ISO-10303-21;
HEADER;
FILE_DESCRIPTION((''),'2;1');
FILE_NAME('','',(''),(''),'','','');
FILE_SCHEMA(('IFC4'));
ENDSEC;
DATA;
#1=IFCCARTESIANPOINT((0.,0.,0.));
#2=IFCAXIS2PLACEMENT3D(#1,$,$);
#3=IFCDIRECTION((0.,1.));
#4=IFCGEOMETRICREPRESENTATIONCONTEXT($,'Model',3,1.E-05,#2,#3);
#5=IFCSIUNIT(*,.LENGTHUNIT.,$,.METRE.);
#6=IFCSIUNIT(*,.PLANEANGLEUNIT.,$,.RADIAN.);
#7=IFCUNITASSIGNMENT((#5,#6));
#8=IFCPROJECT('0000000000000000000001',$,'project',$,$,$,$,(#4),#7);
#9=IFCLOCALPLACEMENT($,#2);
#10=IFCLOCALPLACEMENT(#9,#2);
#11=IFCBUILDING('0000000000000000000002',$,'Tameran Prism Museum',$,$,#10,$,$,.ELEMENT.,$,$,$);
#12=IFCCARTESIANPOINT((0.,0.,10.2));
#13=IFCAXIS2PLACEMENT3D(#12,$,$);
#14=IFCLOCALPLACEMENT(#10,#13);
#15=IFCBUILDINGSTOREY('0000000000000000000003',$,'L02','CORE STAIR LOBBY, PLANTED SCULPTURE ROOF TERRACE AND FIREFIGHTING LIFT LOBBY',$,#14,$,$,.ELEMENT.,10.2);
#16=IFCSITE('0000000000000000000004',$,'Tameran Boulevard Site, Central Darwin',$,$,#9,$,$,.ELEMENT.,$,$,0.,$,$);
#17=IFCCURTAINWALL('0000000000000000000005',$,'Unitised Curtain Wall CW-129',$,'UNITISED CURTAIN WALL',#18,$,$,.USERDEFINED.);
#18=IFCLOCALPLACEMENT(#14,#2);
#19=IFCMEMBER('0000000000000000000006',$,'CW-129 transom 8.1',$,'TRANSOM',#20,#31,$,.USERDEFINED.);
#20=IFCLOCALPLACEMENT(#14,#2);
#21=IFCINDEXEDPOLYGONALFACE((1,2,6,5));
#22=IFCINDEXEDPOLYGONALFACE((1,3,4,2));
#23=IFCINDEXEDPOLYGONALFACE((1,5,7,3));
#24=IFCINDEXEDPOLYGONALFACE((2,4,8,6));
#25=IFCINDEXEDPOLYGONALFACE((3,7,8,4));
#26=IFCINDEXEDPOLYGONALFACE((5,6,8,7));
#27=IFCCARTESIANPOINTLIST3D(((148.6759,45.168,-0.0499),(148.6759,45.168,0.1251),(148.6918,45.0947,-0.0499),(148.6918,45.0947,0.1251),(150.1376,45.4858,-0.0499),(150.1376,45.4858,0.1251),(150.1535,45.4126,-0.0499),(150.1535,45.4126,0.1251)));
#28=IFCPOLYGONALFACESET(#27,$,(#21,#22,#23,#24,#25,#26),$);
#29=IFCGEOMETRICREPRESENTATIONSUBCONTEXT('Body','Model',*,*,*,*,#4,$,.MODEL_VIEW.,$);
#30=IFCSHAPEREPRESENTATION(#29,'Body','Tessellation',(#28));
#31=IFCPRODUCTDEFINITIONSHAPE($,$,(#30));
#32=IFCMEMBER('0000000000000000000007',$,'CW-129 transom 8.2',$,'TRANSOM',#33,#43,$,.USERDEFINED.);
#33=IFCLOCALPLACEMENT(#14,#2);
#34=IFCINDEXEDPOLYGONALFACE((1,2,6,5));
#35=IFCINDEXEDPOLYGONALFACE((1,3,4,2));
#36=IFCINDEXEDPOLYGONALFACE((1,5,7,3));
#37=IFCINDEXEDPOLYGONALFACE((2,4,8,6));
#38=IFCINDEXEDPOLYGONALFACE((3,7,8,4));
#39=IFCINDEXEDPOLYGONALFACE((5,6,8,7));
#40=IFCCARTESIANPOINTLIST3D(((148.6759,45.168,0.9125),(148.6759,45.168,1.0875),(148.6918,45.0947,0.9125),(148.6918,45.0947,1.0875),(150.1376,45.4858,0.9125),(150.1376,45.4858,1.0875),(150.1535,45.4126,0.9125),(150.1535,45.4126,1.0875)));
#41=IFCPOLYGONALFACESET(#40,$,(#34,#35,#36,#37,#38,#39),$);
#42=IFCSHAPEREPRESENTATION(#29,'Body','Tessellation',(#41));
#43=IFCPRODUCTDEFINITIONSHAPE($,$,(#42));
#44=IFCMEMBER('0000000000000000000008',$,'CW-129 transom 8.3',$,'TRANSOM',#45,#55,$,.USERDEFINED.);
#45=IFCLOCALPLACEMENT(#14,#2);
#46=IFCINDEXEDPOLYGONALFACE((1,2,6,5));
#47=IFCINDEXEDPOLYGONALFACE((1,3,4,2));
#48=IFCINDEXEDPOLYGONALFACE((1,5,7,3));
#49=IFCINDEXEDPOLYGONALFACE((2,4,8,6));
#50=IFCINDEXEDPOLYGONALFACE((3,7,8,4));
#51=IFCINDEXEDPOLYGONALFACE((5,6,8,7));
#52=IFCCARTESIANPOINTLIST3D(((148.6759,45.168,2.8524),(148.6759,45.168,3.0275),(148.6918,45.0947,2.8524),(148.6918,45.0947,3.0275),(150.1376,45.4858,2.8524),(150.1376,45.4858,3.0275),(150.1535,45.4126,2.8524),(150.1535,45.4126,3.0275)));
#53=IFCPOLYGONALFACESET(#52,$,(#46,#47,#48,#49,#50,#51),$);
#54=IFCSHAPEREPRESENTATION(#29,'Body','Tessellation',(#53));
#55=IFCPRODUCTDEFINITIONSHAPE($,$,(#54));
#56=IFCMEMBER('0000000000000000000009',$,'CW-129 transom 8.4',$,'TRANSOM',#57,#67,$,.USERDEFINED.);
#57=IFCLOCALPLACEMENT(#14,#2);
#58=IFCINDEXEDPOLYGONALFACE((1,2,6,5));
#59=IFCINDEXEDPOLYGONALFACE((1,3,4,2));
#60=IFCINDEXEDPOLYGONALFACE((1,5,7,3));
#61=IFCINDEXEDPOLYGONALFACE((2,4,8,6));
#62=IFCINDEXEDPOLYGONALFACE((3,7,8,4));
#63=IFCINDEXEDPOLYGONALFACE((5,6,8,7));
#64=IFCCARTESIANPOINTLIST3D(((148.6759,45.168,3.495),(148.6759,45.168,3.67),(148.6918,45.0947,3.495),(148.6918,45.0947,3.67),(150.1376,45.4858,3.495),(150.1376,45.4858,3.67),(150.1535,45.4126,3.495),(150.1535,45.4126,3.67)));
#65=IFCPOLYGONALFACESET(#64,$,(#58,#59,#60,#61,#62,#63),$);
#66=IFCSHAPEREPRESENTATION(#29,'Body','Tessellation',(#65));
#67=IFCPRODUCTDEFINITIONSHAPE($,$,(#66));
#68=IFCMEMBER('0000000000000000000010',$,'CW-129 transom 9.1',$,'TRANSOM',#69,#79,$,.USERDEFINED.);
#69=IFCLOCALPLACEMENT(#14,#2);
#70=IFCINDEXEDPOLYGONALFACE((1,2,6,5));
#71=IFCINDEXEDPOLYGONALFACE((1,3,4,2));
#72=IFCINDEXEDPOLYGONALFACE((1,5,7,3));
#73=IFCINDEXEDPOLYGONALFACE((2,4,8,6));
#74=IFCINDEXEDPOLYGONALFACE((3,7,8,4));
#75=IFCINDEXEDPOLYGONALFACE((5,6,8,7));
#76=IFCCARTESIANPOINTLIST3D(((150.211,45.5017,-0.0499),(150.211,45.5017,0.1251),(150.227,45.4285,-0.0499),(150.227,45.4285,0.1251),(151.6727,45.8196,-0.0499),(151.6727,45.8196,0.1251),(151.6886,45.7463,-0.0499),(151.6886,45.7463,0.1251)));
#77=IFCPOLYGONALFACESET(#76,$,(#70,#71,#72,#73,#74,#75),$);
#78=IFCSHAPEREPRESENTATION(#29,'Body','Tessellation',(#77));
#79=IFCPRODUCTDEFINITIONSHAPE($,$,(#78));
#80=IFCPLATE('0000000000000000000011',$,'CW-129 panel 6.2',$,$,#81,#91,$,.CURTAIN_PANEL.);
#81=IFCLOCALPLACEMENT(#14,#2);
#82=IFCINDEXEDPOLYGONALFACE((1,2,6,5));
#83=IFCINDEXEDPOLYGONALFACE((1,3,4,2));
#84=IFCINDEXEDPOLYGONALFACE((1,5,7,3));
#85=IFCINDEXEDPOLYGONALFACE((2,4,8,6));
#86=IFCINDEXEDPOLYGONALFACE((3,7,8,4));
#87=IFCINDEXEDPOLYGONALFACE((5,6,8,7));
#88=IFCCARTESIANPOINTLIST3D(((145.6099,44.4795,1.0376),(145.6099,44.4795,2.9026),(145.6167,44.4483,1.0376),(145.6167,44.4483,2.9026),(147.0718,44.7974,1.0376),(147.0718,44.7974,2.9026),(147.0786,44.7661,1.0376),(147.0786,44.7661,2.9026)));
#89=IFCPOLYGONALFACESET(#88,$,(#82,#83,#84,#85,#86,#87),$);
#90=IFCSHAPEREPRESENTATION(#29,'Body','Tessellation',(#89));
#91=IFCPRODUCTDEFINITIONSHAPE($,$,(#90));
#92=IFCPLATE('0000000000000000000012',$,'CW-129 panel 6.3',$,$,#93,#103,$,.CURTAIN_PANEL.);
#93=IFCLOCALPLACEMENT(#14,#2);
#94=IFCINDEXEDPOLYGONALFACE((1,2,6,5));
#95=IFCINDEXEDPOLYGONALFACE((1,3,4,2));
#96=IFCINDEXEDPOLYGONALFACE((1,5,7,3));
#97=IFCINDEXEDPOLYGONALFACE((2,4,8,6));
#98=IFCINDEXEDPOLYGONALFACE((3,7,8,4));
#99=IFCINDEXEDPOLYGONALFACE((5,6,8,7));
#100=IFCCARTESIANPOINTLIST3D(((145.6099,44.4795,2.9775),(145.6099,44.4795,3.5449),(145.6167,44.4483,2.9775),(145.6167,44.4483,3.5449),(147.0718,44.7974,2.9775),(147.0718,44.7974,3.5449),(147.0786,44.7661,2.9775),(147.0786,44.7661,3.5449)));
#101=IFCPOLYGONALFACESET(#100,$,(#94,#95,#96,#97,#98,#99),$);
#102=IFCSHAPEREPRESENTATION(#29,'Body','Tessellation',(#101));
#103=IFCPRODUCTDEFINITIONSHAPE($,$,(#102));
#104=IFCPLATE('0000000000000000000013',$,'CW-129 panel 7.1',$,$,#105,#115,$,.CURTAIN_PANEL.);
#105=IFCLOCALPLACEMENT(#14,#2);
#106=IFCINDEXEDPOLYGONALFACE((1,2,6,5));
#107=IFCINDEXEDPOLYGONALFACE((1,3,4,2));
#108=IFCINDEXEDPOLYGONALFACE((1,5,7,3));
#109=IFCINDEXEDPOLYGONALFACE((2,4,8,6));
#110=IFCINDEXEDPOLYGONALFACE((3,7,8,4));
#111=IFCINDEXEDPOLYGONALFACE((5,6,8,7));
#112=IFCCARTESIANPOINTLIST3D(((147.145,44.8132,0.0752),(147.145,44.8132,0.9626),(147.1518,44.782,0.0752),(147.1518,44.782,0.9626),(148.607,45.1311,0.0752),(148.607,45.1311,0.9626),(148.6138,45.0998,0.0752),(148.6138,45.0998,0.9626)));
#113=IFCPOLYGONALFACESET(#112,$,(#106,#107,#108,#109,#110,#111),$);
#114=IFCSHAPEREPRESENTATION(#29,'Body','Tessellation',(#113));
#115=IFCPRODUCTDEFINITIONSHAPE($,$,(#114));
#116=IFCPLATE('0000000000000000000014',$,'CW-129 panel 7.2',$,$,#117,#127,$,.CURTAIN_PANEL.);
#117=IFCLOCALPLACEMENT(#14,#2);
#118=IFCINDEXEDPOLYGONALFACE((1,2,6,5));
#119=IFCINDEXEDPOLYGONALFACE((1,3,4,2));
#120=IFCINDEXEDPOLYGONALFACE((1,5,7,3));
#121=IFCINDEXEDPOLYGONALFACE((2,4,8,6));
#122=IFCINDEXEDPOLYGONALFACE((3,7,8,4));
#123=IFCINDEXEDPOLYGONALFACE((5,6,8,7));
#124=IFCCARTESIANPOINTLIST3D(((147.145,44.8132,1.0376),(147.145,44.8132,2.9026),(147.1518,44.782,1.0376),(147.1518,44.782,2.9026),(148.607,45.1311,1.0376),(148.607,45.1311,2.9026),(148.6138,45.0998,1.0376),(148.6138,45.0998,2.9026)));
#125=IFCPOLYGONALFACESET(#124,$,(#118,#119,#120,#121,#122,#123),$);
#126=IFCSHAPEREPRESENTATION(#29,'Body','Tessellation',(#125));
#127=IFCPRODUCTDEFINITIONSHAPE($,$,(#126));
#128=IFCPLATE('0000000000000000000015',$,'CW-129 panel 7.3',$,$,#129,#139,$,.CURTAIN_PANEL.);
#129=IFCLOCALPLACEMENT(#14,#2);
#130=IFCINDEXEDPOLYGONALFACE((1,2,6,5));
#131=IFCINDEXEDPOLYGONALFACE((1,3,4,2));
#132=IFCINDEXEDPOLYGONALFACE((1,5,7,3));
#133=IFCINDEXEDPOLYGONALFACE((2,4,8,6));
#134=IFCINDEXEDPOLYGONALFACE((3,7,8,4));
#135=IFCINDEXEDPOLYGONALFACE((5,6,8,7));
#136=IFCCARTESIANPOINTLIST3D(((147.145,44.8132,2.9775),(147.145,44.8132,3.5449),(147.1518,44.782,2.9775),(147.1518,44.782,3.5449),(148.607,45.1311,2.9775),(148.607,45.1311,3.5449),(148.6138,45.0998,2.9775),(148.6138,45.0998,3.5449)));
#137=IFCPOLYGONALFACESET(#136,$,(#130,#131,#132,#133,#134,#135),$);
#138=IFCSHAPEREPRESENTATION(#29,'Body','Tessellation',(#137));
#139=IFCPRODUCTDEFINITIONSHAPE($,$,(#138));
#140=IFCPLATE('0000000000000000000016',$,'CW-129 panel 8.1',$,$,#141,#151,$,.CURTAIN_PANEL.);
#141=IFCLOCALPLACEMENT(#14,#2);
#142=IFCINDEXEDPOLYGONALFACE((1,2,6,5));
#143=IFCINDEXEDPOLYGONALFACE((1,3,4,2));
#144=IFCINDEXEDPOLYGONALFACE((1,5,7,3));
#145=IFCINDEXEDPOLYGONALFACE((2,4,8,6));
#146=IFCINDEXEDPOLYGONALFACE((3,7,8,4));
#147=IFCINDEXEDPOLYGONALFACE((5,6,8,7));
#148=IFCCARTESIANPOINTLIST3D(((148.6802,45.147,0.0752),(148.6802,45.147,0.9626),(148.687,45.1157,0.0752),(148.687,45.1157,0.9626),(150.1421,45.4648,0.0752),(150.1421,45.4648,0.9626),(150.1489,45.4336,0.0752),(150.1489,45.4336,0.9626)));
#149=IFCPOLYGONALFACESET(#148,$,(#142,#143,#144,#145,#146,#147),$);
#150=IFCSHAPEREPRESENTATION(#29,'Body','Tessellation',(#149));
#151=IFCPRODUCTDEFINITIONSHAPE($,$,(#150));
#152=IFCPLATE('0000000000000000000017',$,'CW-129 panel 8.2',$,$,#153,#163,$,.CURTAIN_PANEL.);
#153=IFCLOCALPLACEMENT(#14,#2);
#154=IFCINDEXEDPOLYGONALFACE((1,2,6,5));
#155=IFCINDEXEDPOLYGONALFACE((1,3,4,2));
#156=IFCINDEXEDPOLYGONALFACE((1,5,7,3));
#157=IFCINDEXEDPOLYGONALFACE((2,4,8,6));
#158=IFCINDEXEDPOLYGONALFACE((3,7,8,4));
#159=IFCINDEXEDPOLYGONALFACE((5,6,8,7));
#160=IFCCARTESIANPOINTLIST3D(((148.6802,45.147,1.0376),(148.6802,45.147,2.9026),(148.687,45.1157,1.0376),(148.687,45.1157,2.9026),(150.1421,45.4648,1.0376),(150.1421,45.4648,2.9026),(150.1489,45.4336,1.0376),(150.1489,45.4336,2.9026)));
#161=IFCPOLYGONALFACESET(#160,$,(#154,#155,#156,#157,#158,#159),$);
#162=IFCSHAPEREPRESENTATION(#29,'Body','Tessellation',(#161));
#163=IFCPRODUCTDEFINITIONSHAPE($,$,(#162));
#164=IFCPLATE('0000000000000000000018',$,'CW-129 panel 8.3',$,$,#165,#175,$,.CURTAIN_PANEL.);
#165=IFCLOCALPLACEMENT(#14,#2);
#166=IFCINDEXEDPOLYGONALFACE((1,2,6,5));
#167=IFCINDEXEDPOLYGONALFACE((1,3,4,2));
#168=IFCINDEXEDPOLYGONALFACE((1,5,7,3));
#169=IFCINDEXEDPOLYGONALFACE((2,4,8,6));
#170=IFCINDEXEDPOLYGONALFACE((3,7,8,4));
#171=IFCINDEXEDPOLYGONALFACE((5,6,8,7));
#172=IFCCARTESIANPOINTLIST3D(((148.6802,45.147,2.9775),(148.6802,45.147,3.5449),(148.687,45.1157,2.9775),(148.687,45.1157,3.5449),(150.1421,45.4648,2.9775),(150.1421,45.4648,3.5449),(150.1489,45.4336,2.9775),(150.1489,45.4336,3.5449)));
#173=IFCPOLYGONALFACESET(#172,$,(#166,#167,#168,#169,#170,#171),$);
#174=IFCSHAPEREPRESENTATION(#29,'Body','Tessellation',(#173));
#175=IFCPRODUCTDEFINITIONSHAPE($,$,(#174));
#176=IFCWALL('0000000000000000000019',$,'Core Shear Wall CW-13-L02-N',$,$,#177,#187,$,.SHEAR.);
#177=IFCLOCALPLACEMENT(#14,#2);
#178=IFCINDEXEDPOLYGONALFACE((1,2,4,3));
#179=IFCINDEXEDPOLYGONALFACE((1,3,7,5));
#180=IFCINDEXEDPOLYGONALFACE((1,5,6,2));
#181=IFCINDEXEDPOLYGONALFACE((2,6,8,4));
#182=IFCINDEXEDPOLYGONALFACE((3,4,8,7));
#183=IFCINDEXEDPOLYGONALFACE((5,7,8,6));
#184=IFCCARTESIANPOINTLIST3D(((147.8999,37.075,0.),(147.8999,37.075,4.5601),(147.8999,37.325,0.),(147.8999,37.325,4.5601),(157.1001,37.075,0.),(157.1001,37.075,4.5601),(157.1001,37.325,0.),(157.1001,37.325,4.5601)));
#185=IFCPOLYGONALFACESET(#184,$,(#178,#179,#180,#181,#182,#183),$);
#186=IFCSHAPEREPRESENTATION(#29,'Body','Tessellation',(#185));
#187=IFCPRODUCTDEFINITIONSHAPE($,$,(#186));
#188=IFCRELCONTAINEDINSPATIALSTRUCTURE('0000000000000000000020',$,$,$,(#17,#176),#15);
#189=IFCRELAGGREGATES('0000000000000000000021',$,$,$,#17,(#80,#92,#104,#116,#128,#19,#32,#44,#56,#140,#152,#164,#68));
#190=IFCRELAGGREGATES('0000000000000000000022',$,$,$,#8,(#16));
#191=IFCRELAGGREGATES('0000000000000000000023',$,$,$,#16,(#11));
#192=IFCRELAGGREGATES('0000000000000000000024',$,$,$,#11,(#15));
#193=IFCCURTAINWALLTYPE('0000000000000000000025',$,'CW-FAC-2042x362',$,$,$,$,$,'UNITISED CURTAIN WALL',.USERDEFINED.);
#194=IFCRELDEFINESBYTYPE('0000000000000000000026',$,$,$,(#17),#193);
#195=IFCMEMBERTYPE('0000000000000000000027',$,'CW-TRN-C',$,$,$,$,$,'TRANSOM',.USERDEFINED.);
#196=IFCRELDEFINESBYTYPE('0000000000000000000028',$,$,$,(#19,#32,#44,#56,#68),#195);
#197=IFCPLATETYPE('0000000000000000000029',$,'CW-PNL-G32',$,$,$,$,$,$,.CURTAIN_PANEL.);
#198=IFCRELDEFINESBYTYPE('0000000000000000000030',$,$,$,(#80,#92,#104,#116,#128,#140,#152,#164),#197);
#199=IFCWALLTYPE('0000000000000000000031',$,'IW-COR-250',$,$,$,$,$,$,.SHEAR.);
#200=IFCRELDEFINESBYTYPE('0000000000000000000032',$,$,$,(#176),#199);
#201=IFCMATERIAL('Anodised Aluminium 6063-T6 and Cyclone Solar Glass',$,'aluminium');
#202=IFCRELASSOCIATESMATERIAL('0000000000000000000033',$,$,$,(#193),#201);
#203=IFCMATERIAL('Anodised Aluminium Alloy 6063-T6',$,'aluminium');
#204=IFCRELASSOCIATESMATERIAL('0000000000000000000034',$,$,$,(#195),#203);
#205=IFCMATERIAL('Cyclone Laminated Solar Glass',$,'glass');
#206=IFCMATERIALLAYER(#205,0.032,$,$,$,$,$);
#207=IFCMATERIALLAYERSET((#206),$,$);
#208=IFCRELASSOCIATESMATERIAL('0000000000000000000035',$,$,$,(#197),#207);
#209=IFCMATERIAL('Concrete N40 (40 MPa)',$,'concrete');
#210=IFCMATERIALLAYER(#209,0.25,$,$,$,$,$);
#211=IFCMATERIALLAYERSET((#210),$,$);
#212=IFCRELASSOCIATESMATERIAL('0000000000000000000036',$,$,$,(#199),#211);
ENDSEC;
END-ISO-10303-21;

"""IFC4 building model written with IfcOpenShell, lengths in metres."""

from ifc_helpers import new_model, si_unit, direction, frame, frame_2d, origin, origin_2d, place, context, subcontext, project, spatial, rectangle, extrude, material, layer, layer_set, material_profile, profile_set, type_object, element, aggregate, save


model = new_model("IFC4")

# Units and contexts
model_context = context("Model", 3, precision=1e-05, world=origin(), true_north=direction((0.0, 1.0)))
body_context = subcontext(model_context, "Body", "Model", "MODEL_VIEW")
ifc_project = project(units=[si_unit("LENGTHUNIT", "METRE"), si_unit("PLANEANGLEUNIT", "RADIAN")], contexts=[model_context])

# Site, building, storey
site_placement = place(None, origin())
site = spatial("IfcSite", under=ifc_project, at=site_placement, Name="Tameran Boulevard Site, Central Darwin", CompositionType="ELEMENT", RefElevation=0.0)
building_placement = place(site_placement, origin())
building = spatial("IfcBuilding", under=site, at=building_placement, Name="Tameran Prism Museum", CompositionType="ELEMENT")
storey_placement = place(building_placement, frame((0.0, 0.0, 10.2)))
storey = spatial("IfcBuildingStorey", under=building, at=storey_placement, Name="L02", Description="CORE STAIR LOBBY, PLANTED SCULPTURE ROOF TERRACE AND FIREFIGHTING LIFT LOBBY", CompositionType="ELEMENT", Elevation=10.2)

# Curtain wall, members, plates
ifc_material_1 = material(Name="Anodised Aluminium 6063-T6 and Cyclone Solar Glass", Category="aluminium")
curtain_wall_type = type_object("IfcCurtainWallType", Name="CW-FAC-2042x362", ElementType="UNITISED CURTAIN WALL", PredefinedType="USERDEFINED", material=ifc_material_1)
curtain_wall_placement = place(storey_placement, origin())
curtain_wall = element("IfcCurtainWall", 1, at=curtain_wall_placement, inside=storey, type_object=curtain_wall_type, Name="Unitised Curtain Wall CW-129", ObjectType="UNITISED CURTAIN WALL", PredefinedType="USERDEFINED")
ifc_material_2 = material(Name="Anodised Aluminium Alloy 6063-T6", Category="aluminium")
ifc_material_profile_1 = material_profile(ifc_material_2, rectangle(XDim=0.075, YDim=0.175, at=origin_2d()))
ifc_profile_set_1 = profile_set([ifc_material_profile_1])
member_type_1 = type_object("IfcMemberType", Name="CW-TRN-C", ElementType="TRANSOM", PredefinedType="USERDEFINED", material=ifc_profile_set_1)
member_1_placement = place(storey_placement, frame((148.6838, 45.1313, 0.0376), z_axis=(0.97716, 0.212504, 0.0), x_axis=(-0.212504, 0.97716, 0.0)))
member_1 = element("IfcMember", 2, at=member_1_placement, type_object=member_type_1, Name="CW-129 transom 8.1", ObjectType="TRANSOM", PredefinedType="USERDEFINED", context=body_context, shape_type="SweptSolid", body=[
    extrude(rectangle(XDim=0.075, YDim=0.175, at=origin_2d()), origin(), (0.0, 0.0, 1.0), 1.4958),
])
member_2_placement = place(storey_placement, frame((148.6838, 45.1313, 1.0), z_axis=(0.97716, 0.212504, 0.0), x_axis=(-0.212504, 0.97716, 0.0)))
member_2 = element("IfcMember", 3, at=member_2_placement, type_object=member_type_1, Name="CW-129 transom 8.2", ObjectType="TRANSOM", PredefinedType="USERDEFINED", context=body_context, shape_type="SweptSolid", body=[
    extrude(rectangle(XDim=0.075, YDim=0.175, at=origin_2d()), origin(), (0.0, 0.0, 1.0), 1.4958),
])
member_3_placement = place(storey_placement, frame((148.6838, 45.1313, 2.9399), z_axis=(0.97716, 0.212504, 0.0), x_axis=(-0.212504, 0.97716, 0.0)))
member_3 = element("IfcMember", 4, at=member_3_placement, type_object=member_type_1, Name="CW-129 transom 8.3", ObjectType="TRANSOM", PredefinedType="USERDEFINED", context=body_context, shape_type="SweptSolid", body=[
    extrude(rectangle(XDim=0.075, YDim=0.175, at=origin_2d()), origin(), (0.0, 0.0, 1.0), 1.4958),
])
member_4_placement = place(storey_placement, frame((148.6838, 45.1313, 3.5825), z_axis=(0.97716, 0.212504, 0.0), x_axis=(-0.212504, 0.97716, 0.0)))
member_4 = element("IfcMember", 5, at=member_4_placement, type_object=member_type_1, Name="CW-129 transom 8.4", ObjectType="TRANSOM", PredefinedType="USERDEFINED", context=body_context, shape_type="SweptSolid", body=[
    extrude(rectangle(XDim=0.075, YDim=0.175, at=origin_2d()), origin(), (0.0, 0.0, 1.0), 1.4958),
])
member_5_placement = place(storey_placement, frame((150.219, 45.4651, 0.0376), z_axis=(0.97716, 0.212504, 0.0), x_axis=(-0.212504, 0.97716, 0.0)))
member_5 = element("IfcMember", 6, at=member_5_placement, type_object=member_type_1, Name="CW-129 transom 9.1", ObjectType="TRANSOM", PredefinedType="USERDEFINED", context=body_context, shape_type="SweptSolid", body=[
    extrude(rectangle(XDim=0.075, YDim=0.175, at=origin_2d()), origin(), (0.0, 0.0, 1.0), 1.4958),
])
ifc_material_3 = material(Name="Cyclone Laminated Solar Glass", Category="glass")
ifc_layer_1 = layer(ifc_material_3, 0.032)
ifc_layer_set_1 = layer_set([ifc_layer_1])
plate_type = type_object("IfcPlateType", Name="CW-PNL-G32", PredefinedType="CURTAIN_PANEL", material=ifc_layer_set_1)
plate_1_placement = place(storey_placement, frame((146.3442, 44.6228, 1.0376), z_axis=(0.0, 0.0, 1.0), x_axis=(0.977171, 0.212454, 0.0)))
plate_1 = element("IfcPlate", 7, at=plate_1_placement, type_object=plate_type, Name="CW-129 panel 6.2", PredefinedType="CURTAIN_PANEL", context=body_context, shape_type="SweptSolid", body=[
    extrude(rectangle(XDim=1.4961, YDim=0.032, at=origin_2d()), origin(), (0.0, 0.0, 1.0), 1.865),
])
plate_2_placement = place(storey_placement, frame((146.3442, 44.6228, 2.9775), z_axis=(0.0, 0.0, 1.0), x_axis=(0.977171, 0.212454, 0.0)))
plate_2 = element("IfcPlate", 8, at=plate_2_placement, type_object=plate_type, Name="CW-129 panel 6.3", PredefinedType="CURTAIN_PANEL", context=body_context, shape_type="SweptSolid", body=[
    extrude(rectangle(XDim=1.4961, YDim=0.032, at=origin_2d()), origin(), (0.0, 0.0, 1.0), 0.5674),
])
plate_3_placement = place(storey_placement, frame((147.8794, 44.9565, 0.0752), z_axis=(0.0, 0.0, 1.0), x_axis=(0.977171, 0.212454, 0.0)))
plate_3 = element("IfcPlate", 9, at=plate_3_placement, type_object=plate_type, Name="CW-129 panel 7.1", PredefinedType="CURTAIN_PANEL", context=body_context, shape_type="SweptSolid", body=[
    extrude(rectangle(XDim=1.4961, YDim=0.032, at=origin_2d()), origin(), (0.0, 0.0, 1.0), 0.8875),
])
plate_4_placement = place(storey_placement, frame((147.8794, 44.9565, 1.0376), z_axis=(0.0, 0.0, 1.0), x_axis=(0.977171, 0.212454, 0.0)))
plate_4 = element("IfcPlate", 10, at=plate_4_placement, type_object=plate_type, Name="CW-129 panel 7.2", PredefinedType="CURTAIN_PANEL", context=body_context, shape_type="SweptSolid", body=[
    extrude(rectangle(XDim=1.4961, YDim=0.032, at=origin_2d()), origin(), (0.0, 0.0, 1.0), 1.865),
])
plate_5_placement = place(storey_placement, frame((147.8794, 44.9565, 2.9775), z_axis=(0.0, 0.0, 1.0), x_axis=(0.977171, 0.212454, 0.0)))
plate_5 = element("IfcPlate", 11, at=plate_5_placement, type_object=plate_type, Name="CW-129 panel 7.3", PredefinedType="CURTAIN_PANEL", context=body_context, shape_type="SweptSolid", body=[
    extrude(rectangle(XDim=1.4961, YDim=0.032, at=origin_2d()), origin(), (0.0, 0.0, 1.0), 0.5674),
])
plate_6_placement = place(storey_placement, frame((149.4146, 45.2903, 0.0752), z_axis=(0.0, 0.0, 1.0), x_axis=(0.977171, 0.212454, 0.0)))
plate_6 = element("IfcPlate", 12, at=plate_6_placement, type_object=plate_type, Name="CW-129 panel 8.1", PredefinedType="CURTAIN_PANEL", context=body_context, shape_type="SweptSolid", body=[
    extrude(rectangle(XDim=1.4961, YDim=0.032, at=origin_2d()), origin(), (0.0, 0.0, 1.0), 0.8875),
])
plate_7_placement = place(storey_placement, frame((149.4146, 45.2903, 1.0376), z_axis=(0.0, 0.0, 1.0), x_axis=(0.977171, 0.212454, 0.0)))
plate_7 = element("IfcPlate", 13, at=plate_7_placement, type_object=plate_type, Name="CW-129 panel 8.2", PredefinedType="CURTAIN_PANEL", context=body_context, shape_type="SweptSolid", body=[
    extrude(rectangle(XDim=1.4961, YDim=0.032, at=origin_2d()), origin(), (0.0, 0.0, 1.0), 1.865),
])
plate_8_placement = place(storey_placement, frame((149.4146, 45.2903, 2.9775), z_axis=(0.0, 0.0, 1.0), x_axis=(0.977171, 0.212454, 0.0)))
plate_8 = element("IfcPlate", 14, at=plate_8_placement, type_object=plate_type, Name="CW-129 panel 8.3", PredefinedType="CURTAIN_PANEL", context=body_context, shape_type="SweptSolid", body=[
    extrude(rectangle(XDim=1.4961, YDim=0.032, at=origin_2d()), origin(), (0.0, 0.0, 1.0), 0.5674),
])
aggregate(curtain_wall, [plate_1, plate_2, plate_3, plate_4, plate_5, member_1, member_2, member_3, member_4, plate_6, plate_7, plate_8, member_5])

# Wall
ifc_material_4 = material(Name="Concrete N40 (40 MPa)", Category="concrete")
ifc_layer_2 = layer(ifc_material_4, 0.25)
ifc_layer_set_2 = layer_set([ifc_layer_2])
wall_type = type_object("IfcWallType", Name="IW-COR-250", PredefinedType="SHEAR", material=ifc_layer_set_2)
wall_1_placement = place(storey_placement, frame((147.8999, 37.2, 0.0), z_axis=(0.0, 0.0, 1.0), x_axis=(1.0, 0.0, 0.0)))
element("IfcWall", 15, at=wall_1_placement, inside=storey, type_object=wall_type, Name="Core Shear Wall CW-13-L02-N", PredefinedType="SHEAR", context=body_context, shape_type="SweptSolid", body=[
    extrude(rectangle(XDim=9.2002, YDim=0.25, at=frame_2d((4.6001, 0.0))), origin(), (0.0, 0.0, 1.0), 4.5601),
])

save(model, "model.ifc")
